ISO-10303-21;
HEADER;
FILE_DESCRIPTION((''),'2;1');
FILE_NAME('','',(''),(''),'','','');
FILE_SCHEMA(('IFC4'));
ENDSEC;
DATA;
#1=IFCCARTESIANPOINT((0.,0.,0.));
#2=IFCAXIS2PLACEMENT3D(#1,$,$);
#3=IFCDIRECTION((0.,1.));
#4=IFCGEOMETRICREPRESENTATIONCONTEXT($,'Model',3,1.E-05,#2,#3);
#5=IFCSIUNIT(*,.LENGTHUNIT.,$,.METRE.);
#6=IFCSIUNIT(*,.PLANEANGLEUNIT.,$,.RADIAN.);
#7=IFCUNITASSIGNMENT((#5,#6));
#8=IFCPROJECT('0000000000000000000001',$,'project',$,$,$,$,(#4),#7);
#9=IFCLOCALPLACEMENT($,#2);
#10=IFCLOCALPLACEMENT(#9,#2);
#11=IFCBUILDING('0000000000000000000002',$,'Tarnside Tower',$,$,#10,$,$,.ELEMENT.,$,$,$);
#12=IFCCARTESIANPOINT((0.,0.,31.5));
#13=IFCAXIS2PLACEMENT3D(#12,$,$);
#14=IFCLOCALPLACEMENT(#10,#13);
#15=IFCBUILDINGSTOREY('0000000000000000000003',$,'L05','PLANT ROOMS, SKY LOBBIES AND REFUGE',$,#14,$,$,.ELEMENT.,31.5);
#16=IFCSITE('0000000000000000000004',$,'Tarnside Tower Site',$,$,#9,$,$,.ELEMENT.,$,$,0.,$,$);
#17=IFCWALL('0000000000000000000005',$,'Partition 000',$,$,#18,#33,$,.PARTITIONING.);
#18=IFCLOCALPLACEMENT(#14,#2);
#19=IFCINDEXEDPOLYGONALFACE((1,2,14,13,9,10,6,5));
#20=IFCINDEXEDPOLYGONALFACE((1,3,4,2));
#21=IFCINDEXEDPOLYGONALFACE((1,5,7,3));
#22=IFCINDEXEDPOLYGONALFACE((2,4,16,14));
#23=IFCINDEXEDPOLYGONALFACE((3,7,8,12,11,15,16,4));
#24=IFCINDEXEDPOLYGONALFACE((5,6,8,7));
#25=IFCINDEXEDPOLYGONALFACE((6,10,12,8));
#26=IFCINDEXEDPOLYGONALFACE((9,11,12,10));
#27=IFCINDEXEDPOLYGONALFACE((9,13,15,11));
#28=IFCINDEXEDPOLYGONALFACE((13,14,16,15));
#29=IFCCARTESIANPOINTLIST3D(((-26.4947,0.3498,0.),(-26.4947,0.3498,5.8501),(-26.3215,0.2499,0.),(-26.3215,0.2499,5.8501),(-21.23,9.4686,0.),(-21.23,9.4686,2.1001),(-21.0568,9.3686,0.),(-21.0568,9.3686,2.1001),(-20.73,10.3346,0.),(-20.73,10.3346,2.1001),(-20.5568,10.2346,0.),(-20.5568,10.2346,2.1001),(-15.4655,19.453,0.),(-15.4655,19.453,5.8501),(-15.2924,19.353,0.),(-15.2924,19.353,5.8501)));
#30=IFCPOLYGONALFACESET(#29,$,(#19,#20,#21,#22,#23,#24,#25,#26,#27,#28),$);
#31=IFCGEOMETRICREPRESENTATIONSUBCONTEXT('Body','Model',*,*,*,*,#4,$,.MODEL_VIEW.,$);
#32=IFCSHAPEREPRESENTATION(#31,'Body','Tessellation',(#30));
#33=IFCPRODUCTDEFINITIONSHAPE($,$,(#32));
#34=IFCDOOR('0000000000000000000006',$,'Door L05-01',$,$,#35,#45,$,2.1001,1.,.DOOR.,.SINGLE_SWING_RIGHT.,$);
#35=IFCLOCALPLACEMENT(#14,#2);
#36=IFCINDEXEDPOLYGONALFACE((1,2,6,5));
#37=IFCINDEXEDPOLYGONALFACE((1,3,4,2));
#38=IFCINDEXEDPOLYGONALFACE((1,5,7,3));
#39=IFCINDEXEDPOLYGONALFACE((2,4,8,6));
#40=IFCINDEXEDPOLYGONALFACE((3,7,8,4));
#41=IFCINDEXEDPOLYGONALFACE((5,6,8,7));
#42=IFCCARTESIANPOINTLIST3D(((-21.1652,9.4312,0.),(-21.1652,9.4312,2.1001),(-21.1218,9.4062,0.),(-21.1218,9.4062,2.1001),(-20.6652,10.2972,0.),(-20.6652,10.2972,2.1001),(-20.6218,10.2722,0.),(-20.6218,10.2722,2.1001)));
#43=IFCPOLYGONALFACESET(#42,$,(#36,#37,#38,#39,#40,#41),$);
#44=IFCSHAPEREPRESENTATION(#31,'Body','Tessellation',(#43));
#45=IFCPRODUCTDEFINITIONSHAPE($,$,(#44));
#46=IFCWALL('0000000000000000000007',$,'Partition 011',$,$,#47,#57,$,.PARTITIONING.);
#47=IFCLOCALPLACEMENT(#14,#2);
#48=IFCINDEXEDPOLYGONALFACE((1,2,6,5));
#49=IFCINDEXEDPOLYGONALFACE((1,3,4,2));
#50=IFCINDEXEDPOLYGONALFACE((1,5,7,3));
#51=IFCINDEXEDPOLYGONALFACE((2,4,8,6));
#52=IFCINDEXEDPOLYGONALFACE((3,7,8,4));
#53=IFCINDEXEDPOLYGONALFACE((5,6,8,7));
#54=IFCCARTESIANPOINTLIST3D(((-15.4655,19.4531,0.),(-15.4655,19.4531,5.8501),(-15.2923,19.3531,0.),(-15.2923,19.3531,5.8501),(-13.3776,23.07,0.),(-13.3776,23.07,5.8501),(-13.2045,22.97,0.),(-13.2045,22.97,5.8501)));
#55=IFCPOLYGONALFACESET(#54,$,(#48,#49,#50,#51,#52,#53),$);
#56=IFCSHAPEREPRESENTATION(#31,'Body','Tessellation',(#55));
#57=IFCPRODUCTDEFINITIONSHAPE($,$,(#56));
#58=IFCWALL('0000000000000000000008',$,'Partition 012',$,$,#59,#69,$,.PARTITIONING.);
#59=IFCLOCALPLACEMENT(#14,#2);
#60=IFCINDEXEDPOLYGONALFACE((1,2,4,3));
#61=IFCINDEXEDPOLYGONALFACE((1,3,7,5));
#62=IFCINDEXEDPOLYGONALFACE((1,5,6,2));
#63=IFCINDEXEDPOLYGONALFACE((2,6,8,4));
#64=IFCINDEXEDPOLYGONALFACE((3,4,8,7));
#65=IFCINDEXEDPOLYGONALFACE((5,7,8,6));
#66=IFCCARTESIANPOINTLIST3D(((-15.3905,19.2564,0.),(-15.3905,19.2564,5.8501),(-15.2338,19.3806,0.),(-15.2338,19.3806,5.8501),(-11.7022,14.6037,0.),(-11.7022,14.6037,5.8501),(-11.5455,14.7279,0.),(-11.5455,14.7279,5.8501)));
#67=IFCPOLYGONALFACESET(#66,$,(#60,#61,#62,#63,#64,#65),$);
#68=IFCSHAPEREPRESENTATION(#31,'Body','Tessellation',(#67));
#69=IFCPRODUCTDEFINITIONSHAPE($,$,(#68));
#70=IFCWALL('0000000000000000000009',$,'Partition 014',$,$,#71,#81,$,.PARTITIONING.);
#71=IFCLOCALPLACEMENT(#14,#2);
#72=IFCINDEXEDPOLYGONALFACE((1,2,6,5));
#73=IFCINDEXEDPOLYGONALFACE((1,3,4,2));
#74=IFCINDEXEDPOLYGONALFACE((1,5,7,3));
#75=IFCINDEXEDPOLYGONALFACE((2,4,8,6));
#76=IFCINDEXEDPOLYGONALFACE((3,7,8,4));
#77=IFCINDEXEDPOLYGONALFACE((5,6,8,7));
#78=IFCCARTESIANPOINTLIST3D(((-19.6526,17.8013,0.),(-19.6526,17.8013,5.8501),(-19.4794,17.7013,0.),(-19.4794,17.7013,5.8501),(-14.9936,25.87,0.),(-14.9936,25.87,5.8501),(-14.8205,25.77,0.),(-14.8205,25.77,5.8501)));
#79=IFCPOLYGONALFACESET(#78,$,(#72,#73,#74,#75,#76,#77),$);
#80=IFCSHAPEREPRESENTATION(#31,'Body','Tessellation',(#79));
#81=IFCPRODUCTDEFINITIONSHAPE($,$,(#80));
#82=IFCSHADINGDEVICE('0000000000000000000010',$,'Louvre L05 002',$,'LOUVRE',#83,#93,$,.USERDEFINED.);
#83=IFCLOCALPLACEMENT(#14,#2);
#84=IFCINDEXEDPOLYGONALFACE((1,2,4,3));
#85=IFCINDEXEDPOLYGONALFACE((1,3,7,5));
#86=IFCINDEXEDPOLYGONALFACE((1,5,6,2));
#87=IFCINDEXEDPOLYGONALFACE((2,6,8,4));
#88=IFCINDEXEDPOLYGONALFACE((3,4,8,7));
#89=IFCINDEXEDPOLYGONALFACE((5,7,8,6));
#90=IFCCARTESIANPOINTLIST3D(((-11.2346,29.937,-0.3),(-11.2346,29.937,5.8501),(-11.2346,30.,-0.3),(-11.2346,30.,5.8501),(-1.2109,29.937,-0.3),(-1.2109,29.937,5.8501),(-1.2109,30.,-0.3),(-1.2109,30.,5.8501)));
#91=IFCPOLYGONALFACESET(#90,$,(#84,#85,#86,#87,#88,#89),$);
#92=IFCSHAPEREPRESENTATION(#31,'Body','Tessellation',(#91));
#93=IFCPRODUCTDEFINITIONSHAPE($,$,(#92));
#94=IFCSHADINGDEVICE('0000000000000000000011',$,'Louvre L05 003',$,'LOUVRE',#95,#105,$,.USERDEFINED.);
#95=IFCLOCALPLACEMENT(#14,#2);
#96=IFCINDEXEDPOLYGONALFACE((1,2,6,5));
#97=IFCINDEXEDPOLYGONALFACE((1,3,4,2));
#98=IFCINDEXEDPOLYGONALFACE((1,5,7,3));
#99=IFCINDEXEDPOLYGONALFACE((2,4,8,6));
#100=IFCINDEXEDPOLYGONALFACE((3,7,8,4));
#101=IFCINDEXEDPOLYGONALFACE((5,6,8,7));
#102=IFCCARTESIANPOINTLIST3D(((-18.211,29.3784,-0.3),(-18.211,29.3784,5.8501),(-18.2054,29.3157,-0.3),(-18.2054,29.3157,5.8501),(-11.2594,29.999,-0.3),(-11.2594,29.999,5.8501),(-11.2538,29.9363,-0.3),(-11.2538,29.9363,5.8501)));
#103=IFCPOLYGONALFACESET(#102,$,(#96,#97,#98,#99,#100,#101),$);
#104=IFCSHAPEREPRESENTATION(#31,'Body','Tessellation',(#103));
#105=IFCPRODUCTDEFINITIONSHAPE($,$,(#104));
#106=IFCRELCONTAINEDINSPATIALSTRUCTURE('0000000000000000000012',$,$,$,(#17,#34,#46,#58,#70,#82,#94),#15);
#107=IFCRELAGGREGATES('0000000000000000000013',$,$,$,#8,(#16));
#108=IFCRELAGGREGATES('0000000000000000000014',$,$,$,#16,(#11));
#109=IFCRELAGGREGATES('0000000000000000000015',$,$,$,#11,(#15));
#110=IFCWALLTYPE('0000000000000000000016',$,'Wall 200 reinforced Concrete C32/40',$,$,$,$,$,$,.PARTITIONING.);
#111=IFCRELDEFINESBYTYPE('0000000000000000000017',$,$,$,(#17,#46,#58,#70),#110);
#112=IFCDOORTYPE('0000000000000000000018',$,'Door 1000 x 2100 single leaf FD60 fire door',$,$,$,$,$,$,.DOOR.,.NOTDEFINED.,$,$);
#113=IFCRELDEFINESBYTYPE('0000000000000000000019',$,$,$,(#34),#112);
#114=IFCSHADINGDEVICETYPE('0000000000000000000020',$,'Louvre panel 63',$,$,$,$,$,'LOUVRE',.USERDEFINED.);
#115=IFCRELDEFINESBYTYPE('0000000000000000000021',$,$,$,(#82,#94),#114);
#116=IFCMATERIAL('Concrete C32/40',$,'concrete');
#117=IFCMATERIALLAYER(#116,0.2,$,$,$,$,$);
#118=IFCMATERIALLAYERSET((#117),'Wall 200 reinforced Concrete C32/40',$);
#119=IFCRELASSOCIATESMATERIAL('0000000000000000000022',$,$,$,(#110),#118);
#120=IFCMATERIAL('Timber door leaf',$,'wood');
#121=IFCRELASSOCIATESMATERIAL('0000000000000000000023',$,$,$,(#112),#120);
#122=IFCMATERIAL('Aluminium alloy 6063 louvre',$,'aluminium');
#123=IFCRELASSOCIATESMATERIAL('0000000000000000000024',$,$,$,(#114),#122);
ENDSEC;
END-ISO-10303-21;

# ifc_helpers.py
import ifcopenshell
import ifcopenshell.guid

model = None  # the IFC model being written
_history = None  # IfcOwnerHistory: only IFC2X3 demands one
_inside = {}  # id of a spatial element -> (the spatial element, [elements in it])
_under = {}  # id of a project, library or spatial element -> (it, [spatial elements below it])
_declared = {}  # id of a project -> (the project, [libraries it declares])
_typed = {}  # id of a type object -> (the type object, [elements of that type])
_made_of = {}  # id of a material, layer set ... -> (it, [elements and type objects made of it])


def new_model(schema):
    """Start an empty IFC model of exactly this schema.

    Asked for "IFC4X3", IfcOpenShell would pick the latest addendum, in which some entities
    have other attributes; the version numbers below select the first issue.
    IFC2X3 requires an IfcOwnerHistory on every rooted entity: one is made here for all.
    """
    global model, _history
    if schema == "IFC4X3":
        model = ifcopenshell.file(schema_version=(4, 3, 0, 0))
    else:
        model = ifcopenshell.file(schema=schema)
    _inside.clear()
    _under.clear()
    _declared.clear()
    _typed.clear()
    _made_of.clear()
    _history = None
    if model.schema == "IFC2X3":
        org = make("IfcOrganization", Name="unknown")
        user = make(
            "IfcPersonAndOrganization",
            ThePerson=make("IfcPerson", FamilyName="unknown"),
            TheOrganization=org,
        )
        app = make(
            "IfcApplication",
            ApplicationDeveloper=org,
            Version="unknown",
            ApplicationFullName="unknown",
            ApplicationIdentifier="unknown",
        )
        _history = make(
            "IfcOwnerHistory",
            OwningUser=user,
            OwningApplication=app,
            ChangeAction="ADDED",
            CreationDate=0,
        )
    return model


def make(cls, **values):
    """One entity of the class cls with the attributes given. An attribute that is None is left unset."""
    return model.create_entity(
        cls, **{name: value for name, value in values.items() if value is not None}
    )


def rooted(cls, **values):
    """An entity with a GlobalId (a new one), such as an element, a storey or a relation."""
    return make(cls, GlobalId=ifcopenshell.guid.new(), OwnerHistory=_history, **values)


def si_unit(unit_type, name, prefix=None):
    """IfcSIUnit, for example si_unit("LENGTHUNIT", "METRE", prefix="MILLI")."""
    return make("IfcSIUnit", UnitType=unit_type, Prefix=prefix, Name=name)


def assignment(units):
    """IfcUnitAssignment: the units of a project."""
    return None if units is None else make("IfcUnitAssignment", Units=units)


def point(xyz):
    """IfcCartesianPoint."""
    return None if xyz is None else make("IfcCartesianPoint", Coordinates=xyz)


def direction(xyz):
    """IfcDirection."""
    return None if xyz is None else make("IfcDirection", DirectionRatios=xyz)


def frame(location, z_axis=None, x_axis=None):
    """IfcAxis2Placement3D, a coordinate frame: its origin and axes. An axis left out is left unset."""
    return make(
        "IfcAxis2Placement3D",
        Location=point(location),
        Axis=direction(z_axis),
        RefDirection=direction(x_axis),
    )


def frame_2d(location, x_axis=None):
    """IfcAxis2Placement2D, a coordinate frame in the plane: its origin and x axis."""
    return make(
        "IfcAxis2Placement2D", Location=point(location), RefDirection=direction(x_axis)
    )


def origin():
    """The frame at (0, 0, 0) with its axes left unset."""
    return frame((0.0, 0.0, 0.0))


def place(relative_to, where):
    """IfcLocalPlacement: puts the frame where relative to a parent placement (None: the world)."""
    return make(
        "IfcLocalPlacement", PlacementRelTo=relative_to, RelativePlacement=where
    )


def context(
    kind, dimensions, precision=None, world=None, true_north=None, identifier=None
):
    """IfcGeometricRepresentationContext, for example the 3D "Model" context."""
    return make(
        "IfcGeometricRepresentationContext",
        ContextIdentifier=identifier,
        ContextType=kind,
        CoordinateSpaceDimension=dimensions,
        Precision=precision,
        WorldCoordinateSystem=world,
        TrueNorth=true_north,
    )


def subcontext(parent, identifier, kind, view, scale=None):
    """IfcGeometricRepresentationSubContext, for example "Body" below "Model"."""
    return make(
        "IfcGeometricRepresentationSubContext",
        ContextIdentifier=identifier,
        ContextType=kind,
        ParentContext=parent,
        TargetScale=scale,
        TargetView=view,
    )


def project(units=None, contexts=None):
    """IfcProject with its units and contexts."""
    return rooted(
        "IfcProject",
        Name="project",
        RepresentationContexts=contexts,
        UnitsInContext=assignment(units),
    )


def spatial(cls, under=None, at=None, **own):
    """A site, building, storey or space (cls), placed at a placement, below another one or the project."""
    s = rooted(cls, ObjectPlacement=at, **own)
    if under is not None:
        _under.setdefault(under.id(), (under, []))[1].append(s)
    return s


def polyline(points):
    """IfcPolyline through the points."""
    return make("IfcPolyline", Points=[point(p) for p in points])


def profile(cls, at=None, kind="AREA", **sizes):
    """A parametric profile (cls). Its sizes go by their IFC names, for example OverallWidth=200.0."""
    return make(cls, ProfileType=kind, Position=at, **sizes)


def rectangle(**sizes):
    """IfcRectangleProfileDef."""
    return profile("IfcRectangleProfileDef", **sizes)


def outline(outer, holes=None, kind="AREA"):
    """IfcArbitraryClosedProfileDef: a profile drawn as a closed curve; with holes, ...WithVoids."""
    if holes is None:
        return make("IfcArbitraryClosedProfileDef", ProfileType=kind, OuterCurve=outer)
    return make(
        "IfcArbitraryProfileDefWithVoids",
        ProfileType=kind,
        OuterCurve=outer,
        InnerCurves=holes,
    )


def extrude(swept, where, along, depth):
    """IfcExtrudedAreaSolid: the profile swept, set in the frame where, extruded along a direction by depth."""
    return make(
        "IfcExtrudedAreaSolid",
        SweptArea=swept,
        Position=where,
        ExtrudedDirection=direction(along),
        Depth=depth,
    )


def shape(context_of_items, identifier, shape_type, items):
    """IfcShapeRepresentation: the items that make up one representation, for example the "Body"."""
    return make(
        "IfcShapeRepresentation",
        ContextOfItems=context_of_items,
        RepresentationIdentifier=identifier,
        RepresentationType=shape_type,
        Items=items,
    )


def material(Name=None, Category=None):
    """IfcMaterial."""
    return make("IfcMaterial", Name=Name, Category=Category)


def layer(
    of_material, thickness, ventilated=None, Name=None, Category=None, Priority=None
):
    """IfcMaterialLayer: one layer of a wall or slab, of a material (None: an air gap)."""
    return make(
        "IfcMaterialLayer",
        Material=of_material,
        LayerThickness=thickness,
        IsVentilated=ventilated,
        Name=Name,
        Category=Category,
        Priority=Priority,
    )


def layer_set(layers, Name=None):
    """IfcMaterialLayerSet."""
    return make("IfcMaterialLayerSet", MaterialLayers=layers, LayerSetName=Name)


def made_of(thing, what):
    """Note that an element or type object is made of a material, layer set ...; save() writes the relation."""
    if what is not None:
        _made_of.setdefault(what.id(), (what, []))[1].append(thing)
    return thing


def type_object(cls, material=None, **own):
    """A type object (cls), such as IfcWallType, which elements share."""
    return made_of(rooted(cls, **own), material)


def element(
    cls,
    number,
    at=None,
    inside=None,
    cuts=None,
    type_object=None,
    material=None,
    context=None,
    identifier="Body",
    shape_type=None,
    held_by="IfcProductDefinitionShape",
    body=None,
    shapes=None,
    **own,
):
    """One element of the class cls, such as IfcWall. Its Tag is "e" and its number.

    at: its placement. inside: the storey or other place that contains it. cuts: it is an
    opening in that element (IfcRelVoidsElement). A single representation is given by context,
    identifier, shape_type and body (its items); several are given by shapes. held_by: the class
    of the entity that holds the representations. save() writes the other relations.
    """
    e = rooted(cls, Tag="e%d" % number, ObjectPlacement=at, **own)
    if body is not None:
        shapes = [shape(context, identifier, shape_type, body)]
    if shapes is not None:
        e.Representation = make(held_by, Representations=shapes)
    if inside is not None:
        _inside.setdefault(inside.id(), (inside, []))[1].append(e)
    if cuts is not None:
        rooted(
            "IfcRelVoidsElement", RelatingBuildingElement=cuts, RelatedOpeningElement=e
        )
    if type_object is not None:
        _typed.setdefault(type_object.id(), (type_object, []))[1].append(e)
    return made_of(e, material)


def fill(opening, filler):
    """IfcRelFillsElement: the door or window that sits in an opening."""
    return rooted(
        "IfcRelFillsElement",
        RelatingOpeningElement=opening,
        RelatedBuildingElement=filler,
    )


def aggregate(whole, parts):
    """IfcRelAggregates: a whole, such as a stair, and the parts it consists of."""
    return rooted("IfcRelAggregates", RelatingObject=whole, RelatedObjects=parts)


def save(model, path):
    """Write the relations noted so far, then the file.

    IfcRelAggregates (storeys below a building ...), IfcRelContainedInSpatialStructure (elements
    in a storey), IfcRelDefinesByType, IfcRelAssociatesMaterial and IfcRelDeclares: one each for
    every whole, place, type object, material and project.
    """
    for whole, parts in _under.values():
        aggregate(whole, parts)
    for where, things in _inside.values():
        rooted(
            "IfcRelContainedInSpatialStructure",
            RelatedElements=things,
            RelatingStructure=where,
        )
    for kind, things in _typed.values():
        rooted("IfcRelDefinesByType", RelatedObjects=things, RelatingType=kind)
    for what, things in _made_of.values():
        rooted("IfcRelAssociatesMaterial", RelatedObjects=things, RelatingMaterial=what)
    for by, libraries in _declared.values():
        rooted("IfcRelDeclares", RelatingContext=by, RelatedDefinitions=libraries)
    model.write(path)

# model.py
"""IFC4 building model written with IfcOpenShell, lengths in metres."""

from ifc_helpers import new_model, si_unit, direction, frame, frame_2d, origin, place, context, subcontext, project, spatial, polyline, rectangle, outline, extrude, material, layer, layer_set, type_object, element, fill, save


model = new_model("IFC4")

# Units and contexts
model_context = context("Model", 3, precision=1e-05, world=origin(), true_north=direction((0.0, 1.0)))
body_context = subcontext(model_context, "Body", "Model", "MODEL_VIEW")
ifc_project = project(units=[si_unit("LENGTHUNIT", "METRE"), si_unit("PLANEANGLEUNIT", "RADIAN")], contexts=[model_context])

# Site, building, storey
site_placement = place(None, origin())
site = spatial("IfcSite", under=ifc_project, at=site_placement, Name="Tarnside Tower Site", CompositionType="ELEMENT", RefElevation=0.0)
building_placement = place(site_placement, origin())
building = spatial("IfcBuilding", under=site, at=building_placement, Name="Tarnside Tower", CompositionType="ELEMENT")
storey_placement = place(building_placement, frame((0.0, 0.0, 31.5)))
storey = spatial("IfcBuildingStorey", under=building, at=storey_placement, Name="L05", Description="PLANT ROOMS, SKY LOBBIES AND REFUGE", CompositionType="ELEMENT", Elevation=31.5)

# Wall, opening, door
ifc_material_1 = material(Name="Concrete C32/40", Category="concrete")
ifc_layer = layer(ifc_material_1, 0.2)
ifc_layer_set = layer_set([ifc_layer], Name="Wall 200 reinforced Concrete C32/40")
wall_type = type_object("IfcWallType", Name="Wall 200 reinforced Concrete C32/40", PredefinedType="PARTITIONING", material=ifc_layer_set)
wall_1_placement = place(storey_placement, frame((-15.3789, 19.4031, 0.0), z_axis=(0.0, 0.0, 1.0), x_axis=(-0.499997, -0.866027, 0.0)))
wall_1 = element("IfcWall", 1, at=wall_1_placement, inside=storey, type_object=wall_type, Name="Partition 000", PredefinedType="PARTITIONING", context=body_context, shape_type="SweptSolid", body=[
    extrude(rectangle(XDim=22.0583, YDim=0.2, at=frame_2d((11.0293, 0.0))), origin(), (0.0, 0.0, 1.0), 5.8501),
])
opening_placement = place(wall_1_placement, frame((10.5291, 0.0, 0.0)))
opening = element("IfcOpeningElement", 2, at=opening_placement, cuts=wall_1, PredefinedType="OPENING", context=body_context, shape_type="SweptSolid", body=[
    extrude(rectangle(XDim=1.0, YDim=2.1001, at=frame_2d((0.5, 1.05))), frame((0.0, 0.1099, 0.0), z_axis=(0.0, -1.0, 0.0), x_axis=(1.0, 0.0, 0.0)), (0.0, 0.0, 1.0), 0.22),
])
ifc_material_2 = material(Name="Timber door leaf", Category="wood")
door_type = type_object("IfcDoorType", Name="Door 1000 x 2100 single leaf FD60 fire door", OperationType="NOTDEFINED", PredefinedType="DOOR", material=ifc_material_2)
door_placement = place(opening_placement, origin())
door = element("IfcDoor", 3, at=door_placement, inside=storey, type_object=door_type, Name="Door L05-01", OperationType="SINGLE_SWING_RIGHT", OverallHeight=2.1001, OverallWidth=1.0, PredefinedType="DOOR", context=body_context, shape_type="SweptSolid", body=[
    extrude(rectangle(XDim=1.0, YDim=2.1001, at=frame_2d((0.5, 1.05))), frame((0.0, 0.0249, 0.0), z_axis=(0.0, -1.0, 0.0), x_axis=(1.0, 0.0, 0.0)), (0.0, 0.0, 1.0), 0.05),
])
fill(opening, door)

# Walls
wall_2_placement = place(storey_placement, frame((-15.3789, 19.4031, 0.0), z_axis=(0.0, 0.0, 1.0), x_axis=(0.499937, 0.866062, 0.0)))
element("IfcWall", 4, at=wall_2_placement, inside=storey, type_object=wall_type, Name="Partition 011", PredefinedType="PARTITIONING", context=body_context, shape_type="SweptSolid", body=[
    extrude(rectangle(XDim=4.1763, YDim=0.2, at=frame_2d((2.0881, 0.0))), origin(), (0.0, 0.0, 1.0), 5.8501),
])
wall_3_placement = place(storey_placement, frame((-15.3123, 19.3186, 0.0), z_axis=(0.0, 0.0, 1.0), x_axis=(0.621214, -0.783641, 0.0)))
element("IfcWall", 5, at=wall_3_placement, inside=storey, type_object=wall_type, Name="Partition 012", PredefinedType="PARTITIONING", context=body_context, shape_type="SweptSolid", body=[
    extrude(rectangle(XDim=5.9373, YDim=0.2, at=frame_2d((2.9688, 0.0))), origin(), (0.0, 0.0, 1.0), 5.8501),
])
wall_4_placement = place(storey_placement, frame((-14.907, 25.8201, 0.0), z_axis=(0.0, 0.0, 1.0), x_axis=(-0.500042, -0.866001, 0.0)))
element("IfcWall", 6, at=wall_4_placement, inside=storey, type_object=wall_type, Name="Partition 014", PredefinedType="PARTITIONING", context=body_context, shape_type="SweptSolid", body=[
    extrude(rectangle(XDim=9.3171, YDim=0.2, at=frame_2d((4.6587, 0.0))), origin(), (0.0, 0.0, 1.0), 5.8501),
])

# Shading devices
ifc_material_3 = material(Name="Aluminium alloy 6063 louvre", Category="aluminium")
shading_device_type = type_object("IfcShadingDeviceType", Name="Louvre panel 63", ElementType="LOUVRE", PredefinedType="USERDEFINED", material=ifc_material_3)
shading_device_1_placement = place(storey_placement, frame((-6.2229, 29.937, -0.3), z_axis=(1.0, 0.0, 0.0), x_axis=(0.0, 1.0, 0.0)))
element("IfcShadingDevice", 7, at=shading_device_1_placement, inside=storey, type_object=shading_device_type, Name="Louvre L05 002", ObjectType="LOUVRE", PredefinedType="USERDEFINED", context=body_context, shape_type="SweptSolid", body=[
    extrude(outline(polyline([(0.0, 0.0), (0.063, 0.0), (0.063, 6.1501), (0.0, 6.1501), (0.0, 0.0)])), frame((0.0, 0.0, -5.0117)), (0.0, 0.0, 1.0), 10.0237),
])
shading_device_2_placement = place(storey_placement, frame((-14.7295, 29.626, -0.3), z_axis=(0.996039, 0.088921, 0.0), x_axis=(-0.088921, 0.996039, 0.0)))
element("IfcShadingDevice", 8, at=shading_device_2_placement, inside=storey, type_object=shading_device_type, Name="Louvre L05 003", ObjectType="LOUVRE", PredefinedType="USERDEFINED", context=body_context, shape_type="SweptSolid", body=[
    extrude(outline(polyline([(0.0, 0.0), (0.063, 0.0), (0.063, 6.1501), (0.0, 6.1501), (0.0, 0.0)])), frame((0.0, 0.0, -3.4897)), (0.0, 0.0, 1.0), 6.9792),
])

save(model, "model.ifc")
